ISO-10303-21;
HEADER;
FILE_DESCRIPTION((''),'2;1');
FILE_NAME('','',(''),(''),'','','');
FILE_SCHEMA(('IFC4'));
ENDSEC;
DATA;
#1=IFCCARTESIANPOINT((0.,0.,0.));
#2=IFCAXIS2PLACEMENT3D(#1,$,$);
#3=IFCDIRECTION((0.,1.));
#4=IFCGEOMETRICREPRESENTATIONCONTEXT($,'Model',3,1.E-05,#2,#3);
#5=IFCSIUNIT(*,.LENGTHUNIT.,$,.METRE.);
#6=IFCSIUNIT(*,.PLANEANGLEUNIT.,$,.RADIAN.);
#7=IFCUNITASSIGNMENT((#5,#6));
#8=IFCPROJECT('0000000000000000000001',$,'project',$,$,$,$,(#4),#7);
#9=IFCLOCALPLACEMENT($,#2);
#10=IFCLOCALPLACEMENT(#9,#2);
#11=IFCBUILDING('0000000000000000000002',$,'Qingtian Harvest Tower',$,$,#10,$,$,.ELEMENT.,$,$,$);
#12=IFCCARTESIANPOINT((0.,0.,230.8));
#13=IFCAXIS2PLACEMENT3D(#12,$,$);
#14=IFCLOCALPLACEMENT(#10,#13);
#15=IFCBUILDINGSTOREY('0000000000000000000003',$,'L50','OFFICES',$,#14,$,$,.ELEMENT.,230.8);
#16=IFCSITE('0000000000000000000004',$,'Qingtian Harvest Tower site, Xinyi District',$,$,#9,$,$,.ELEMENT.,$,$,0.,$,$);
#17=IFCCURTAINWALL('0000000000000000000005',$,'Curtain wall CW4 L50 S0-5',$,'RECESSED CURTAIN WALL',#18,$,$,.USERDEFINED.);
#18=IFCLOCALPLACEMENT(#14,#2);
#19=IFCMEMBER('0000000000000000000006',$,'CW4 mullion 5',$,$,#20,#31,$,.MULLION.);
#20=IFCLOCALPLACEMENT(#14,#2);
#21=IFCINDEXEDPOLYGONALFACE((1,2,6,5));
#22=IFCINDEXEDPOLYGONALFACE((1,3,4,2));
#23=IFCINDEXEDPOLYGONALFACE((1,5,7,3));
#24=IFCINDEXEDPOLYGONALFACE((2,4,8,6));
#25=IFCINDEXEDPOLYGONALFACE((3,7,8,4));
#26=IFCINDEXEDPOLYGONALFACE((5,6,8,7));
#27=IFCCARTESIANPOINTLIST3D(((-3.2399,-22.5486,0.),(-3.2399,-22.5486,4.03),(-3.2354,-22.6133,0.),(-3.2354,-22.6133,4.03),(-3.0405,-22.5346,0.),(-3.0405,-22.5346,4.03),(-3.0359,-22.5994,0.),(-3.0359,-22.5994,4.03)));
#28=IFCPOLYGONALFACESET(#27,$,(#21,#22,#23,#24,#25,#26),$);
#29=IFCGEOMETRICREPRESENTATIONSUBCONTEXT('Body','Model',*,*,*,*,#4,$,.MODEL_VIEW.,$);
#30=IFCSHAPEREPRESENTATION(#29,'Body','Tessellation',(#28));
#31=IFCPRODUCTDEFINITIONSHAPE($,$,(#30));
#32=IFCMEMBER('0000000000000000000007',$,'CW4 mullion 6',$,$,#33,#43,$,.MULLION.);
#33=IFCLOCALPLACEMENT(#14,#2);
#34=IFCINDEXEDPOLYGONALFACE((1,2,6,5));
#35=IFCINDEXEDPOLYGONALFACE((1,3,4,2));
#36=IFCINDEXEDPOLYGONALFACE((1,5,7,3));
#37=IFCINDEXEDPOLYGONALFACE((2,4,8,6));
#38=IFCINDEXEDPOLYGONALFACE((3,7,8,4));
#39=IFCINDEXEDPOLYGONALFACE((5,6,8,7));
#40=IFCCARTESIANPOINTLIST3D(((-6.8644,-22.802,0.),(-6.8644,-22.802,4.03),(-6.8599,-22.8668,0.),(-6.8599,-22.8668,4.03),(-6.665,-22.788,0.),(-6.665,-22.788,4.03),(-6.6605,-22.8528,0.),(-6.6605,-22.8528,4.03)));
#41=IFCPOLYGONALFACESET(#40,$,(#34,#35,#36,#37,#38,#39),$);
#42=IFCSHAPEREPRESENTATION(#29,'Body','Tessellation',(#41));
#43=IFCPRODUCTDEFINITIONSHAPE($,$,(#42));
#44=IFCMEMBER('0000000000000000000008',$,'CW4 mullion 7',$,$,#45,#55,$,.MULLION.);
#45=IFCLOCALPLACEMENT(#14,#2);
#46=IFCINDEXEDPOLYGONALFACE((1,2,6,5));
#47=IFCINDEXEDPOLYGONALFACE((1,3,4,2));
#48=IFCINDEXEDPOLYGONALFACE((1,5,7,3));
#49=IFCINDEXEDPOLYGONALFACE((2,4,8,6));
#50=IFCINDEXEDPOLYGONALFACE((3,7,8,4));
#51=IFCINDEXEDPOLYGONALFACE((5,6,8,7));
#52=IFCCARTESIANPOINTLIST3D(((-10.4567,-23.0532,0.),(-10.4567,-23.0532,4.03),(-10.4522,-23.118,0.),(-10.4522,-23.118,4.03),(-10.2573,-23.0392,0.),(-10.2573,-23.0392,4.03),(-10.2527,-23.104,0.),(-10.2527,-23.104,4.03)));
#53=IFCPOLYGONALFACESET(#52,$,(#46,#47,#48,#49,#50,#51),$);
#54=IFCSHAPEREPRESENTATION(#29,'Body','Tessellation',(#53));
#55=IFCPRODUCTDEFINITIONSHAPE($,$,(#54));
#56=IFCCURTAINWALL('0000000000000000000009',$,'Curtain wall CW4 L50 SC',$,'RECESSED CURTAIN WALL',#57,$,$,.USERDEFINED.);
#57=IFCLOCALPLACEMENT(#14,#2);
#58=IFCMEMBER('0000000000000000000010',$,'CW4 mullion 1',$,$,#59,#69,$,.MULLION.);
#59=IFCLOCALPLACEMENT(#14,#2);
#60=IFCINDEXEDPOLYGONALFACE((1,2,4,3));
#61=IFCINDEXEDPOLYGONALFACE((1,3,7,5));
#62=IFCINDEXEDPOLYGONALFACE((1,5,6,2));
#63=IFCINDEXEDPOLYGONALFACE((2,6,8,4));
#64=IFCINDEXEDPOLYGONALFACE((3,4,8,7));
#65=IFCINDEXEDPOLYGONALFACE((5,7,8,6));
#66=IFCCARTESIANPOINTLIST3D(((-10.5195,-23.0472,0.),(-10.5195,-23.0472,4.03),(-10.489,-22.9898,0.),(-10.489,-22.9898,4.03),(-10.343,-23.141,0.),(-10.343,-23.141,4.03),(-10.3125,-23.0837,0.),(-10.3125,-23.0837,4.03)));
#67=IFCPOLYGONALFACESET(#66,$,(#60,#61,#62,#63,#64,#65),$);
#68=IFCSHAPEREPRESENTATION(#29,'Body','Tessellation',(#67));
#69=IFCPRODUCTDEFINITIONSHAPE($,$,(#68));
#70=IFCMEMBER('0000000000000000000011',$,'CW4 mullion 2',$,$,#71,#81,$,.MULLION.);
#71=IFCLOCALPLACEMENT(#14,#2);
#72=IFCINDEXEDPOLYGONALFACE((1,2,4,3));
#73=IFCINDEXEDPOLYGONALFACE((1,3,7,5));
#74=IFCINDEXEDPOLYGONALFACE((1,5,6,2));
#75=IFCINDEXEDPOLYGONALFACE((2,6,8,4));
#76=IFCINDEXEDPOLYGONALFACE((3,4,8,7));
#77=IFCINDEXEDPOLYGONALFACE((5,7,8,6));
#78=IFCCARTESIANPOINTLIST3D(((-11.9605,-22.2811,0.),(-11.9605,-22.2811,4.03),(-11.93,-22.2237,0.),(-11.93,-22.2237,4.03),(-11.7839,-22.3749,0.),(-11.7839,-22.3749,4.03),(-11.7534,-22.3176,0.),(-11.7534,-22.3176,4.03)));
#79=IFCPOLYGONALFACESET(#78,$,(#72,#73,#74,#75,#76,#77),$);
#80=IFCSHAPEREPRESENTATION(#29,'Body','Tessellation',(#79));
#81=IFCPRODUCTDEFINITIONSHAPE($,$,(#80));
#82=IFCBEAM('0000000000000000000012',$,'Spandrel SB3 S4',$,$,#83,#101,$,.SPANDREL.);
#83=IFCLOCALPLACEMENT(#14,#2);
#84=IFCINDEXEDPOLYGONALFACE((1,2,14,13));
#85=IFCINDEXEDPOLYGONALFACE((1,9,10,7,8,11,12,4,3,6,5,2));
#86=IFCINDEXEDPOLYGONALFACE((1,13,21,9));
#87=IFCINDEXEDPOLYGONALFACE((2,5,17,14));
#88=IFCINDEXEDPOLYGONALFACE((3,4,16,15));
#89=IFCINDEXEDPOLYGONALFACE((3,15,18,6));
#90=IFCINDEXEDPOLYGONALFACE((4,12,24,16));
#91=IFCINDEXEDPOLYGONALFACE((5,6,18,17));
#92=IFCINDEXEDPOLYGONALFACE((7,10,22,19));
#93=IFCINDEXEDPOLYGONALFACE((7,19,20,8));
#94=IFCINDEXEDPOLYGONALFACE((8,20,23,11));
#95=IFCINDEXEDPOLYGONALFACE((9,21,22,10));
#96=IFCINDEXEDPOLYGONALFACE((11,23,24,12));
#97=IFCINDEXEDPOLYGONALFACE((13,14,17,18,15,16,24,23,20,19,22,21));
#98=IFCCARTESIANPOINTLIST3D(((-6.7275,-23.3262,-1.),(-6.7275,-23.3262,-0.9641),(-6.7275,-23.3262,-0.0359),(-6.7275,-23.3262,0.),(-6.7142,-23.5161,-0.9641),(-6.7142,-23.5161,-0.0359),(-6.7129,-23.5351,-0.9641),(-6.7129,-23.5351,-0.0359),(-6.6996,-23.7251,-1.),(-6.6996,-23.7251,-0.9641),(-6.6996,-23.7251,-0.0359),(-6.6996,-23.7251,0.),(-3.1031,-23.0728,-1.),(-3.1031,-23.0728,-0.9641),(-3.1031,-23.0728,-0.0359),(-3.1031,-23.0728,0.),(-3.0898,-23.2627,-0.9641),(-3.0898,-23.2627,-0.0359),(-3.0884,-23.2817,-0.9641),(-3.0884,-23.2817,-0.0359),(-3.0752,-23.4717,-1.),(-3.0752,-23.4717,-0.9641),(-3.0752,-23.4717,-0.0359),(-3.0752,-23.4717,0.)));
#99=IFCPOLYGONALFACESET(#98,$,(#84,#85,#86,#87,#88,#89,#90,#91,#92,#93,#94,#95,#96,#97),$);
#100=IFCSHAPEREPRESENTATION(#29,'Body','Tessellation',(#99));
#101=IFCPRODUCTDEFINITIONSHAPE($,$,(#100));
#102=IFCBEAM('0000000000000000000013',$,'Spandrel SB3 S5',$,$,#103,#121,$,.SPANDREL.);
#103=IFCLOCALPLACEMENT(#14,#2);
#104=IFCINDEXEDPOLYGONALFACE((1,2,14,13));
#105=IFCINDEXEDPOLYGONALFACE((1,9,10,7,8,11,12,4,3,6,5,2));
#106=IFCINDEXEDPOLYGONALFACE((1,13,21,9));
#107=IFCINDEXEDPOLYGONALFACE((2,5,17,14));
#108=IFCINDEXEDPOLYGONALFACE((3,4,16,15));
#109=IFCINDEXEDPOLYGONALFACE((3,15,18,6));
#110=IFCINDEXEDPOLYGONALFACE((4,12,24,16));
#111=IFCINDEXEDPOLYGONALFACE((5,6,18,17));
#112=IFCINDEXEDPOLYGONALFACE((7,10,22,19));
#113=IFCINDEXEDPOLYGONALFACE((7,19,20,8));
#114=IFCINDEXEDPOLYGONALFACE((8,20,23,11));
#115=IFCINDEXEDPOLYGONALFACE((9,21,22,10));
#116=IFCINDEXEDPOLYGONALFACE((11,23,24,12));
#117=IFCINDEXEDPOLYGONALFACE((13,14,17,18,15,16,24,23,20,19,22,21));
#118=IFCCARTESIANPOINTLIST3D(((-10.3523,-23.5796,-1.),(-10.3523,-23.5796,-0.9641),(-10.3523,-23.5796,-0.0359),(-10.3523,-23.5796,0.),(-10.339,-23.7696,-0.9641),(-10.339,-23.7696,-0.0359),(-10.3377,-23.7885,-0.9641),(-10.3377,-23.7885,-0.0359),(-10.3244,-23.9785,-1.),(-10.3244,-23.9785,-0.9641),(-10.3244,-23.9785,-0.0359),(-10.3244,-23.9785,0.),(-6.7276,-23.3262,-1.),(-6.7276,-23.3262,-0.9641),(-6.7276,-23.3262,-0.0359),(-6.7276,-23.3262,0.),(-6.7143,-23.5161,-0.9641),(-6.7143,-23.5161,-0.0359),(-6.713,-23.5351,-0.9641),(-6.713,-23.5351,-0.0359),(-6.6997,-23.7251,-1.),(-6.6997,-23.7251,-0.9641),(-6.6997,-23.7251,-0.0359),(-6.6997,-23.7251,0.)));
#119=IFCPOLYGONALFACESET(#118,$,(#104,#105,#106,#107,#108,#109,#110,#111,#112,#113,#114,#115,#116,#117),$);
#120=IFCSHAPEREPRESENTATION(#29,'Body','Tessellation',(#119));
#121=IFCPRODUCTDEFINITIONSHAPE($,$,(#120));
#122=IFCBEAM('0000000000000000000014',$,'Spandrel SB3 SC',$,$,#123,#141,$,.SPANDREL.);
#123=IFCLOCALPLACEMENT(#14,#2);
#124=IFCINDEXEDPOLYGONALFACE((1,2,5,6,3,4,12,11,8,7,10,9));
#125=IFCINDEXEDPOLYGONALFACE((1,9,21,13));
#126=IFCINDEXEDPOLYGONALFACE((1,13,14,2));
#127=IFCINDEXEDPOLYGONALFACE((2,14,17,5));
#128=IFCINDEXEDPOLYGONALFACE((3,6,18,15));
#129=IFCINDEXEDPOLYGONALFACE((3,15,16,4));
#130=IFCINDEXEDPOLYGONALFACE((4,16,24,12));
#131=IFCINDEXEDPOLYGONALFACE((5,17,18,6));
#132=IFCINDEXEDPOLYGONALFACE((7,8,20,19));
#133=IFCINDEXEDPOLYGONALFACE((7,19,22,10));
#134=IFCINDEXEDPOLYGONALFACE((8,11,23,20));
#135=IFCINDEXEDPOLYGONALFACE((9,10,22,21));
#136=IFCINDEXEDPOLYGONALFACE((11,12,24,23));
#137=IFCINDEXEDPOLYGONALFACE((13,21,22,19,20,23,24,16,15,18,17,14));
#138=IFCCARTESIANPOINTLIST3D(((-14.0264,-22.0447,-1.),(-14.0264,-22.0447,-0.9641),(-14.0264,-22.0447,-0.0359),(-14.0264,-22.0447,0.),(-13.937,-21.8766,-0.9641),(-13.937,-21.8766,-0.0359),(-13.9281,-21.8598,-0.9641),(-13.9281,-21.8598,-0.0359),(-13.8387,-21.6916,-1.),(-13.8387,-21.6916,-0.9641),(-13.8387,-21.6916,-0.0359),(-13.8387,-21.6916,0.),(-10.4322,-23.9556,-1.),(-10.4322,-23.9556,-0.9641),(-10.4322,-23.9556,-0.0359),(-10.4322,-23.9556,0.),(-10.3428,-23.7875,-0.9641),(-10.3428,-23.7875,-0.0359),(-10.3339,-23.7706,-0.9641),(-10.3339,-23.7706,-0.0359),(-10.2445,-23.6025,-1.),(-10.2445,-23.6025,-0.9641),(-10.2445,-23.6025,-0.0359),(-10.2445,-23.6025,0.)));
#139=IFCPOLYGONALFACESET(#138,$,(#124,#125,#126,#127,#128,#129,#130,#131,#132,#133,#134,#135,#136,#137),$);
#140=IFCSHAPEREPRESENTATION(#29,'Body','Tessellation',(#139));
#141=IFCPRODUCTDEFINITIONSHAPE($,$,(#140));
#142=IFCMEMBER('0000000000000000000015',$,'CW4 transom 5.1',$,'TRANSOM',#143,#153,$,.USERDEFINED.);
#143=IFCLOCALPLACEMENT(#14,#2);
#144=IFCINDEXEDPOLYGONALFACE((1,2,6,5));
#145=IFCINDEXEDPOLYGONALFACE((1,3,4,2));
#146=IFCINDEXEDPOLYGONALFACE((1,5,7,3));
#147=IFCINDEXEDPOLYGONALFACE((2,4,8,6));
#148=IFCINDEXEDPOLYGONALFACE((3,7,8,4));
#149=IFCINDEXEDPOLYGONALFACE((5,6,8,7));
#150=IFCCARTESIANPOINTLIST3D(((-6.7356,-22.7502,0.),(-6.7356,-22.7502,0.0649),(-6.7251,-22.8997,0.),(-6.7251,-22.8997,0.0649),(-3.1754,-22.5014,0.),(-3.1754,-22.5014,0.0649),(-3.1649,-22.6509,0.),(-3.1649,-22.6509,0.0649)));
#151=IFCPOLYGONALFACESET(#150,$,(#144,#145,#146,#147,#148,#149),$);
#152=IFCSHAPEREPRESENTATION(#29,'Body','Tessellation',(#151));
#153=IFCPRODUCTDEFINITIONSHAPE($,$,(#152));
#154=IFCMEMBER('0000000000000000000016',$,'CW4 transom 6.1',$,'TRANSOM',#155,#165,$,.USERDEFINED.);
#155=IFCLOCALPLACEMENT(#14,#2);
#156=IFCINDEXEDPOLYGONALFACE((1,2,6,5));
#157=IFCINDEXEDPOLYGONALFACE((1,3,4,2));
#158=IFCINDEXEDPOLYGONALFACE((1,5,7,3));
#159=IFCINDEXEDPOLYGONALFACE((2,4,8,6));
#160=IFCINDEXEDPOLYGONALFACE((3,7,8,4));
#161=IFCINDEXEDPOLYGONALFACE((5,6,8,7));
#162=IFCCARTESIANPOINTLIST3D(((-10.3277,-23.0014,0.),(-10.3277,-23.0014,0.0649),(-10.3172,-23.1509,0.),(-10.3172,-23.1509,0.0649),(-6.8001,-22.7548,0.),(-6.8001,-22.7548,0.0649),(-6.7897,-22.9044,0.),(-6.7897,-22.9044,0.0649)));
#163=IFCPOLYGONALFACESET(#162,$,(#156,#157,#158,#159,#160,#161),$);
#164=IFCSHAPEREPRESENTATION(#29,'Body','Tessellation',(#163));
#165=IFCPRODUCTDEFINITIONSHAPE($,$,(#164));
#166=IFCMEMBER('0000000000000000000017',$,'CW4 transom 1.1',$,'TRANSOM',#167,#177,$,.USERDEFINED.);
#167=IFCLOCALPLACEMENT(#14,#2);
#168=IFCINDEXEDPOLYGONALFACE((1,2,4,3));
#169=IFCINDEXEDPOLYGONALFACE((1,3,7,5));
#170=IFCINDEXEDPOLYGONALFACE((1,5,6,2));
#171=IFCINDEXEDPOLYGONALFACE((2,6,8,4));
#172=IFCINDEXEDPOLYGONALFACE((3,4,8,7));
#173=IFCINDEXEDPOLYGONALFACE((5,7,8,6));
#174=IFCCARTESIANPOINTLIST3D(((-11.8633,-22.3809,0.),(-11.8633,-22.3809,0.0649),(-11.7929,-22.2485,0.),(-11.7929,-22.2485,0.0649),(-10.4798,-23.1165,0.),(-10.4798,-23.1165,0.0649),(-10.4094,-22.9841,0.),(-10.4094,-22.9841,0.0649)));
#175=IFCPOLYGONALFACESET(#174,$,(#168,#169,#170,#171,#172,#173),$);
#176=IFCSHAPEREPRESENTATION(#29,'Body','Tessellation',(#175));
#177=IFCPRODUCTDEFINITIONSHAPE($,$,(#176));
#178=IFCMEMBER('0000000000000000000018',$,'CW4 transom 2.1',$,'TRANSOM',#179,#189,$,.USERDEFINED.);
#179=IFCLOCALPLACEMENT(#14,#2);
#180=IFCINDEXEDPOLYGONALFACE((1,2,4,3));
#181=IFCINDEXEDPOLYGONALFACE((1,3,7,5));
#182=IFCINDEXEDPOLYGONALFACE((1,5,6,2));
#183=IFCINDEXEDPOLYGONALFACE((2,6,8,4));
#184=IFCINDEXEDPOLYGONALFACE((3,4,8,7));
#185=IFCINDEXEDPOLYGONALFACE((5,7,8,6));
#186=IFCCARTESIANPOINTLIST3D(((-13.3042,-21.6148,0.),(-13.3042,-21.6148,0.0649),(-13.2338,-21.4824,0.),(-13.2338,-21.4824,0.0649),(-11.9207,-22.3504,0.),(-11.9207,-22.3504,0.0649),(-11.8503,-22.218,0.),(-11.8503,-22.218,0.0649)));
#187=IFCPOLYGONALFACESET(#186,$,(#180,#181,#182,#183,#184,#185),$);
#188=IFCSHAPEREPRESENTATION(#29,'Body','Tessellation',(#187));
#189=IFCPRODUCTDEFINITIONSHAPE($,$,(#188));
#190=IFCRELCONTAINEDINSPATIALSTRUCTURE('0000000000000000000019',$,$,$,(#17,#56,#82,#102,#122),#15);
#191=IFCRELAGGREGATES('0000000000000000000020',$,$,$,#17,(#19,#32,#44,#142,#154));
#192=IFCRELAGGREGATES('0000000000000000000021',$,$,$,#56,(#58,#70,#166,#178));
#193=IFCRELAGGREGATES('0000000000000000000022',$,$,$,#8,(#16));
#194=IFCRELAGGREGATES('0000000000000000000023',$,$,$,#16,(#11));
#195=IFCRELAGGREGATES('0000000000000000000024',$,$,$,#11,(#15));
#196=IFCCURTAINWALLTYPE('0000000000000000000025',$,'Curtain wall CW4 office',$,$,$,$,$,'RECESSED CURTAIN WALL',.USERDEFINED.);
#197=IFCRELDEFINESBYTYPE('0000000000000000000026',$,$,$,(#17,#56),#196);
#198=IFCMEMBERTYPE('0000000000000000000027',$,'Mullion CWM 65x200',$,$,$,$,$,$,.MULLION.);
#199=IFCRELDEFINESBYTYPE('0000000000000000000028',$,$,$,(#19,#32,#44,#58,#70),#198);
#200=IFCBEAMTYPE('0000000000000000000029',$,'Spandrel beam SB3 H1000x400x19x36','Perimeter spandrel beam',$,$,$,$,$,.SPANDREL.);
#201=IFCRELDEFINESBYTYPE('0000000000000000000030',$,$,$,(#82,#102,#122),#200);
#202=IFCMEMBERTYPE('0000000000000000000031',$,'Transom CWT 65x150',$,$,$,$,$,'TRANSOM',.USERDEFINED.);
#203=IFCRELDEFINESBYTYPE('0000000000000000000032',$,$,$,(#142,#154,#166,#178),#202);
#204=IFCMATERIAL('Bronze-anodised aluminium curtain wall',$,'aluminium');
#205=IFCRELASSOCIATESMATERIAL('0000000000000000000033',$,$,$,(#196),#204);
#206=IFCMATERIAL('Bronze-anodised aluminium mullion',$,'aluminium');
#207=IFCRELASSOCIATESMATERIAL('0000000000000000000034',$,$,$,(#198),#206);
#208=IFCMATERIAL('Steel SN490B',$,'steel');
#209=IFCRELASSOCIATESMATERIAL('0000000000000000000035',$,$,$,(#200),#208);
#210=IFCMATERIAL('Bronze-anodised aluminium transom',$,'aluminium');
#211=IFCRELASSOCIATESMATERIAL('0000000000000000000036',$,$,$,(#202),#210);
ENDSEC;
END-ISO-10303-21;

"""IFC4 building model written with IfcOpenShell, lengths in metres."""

from ifc_helpers import new_model, si_unit, direction, frame, origin, origin_2d, place, context, subcontext, project, spatial, rectangle, i_section, extrude, material, material_profile, profile_set, type_object, element, aggregate, save


model = new_model("IFC4")

# Units and contexts
model_context = context("Model", 3, precision=1e-05, world=origin(), true_north=direction((0.0, 1.0)))
body_context = subcontext(model_context, "Body", "Model", "MODEL_VIEW")
ifc_project = project(units=[si_unit("LENGTHUNIT", "METRE"), si_unit("PLANEANGLEUNIT", "RADIAN")], contexts=[model_context])

# Site, building, storey
site_placement = place(None, origin())
site = spatial("IfcSite", under=ifc_project, at=site_placement, Name="Qingtian Harvest Tower site, Xinyi District", CompositionType="ELEMENT", RefElevation=0.0)
building_placement = place(site_placement, origin())
building = spatial("IfcBuilding", under=site, at=building_placement, Name="Qingtian Harvest Tower", CompositionType="ELEMENT")
storey_placement = place(building_placement, frame((0.0, 0.0, 230.8)))
storey = spatial("IfcBuildingStorey", under=building, at=storey_placement, Name="L50", Description="OFFICES", CompositionType="ELEMENT", Elevation=230.8)

# Curtain walls, members
ifc_material_1 = material(Name="Bronze-anodised aluminium curtain wall", Category="aluminium")
curtain_wall_type = type_object("IfcCurtainWallType", Name="Curtain wall CW4 office", ElementType="RECESSED CURTAIN WALL", PredefinedType="USERDEFINED", material=ifc_material_1)
curtain_wall_1_placement = place(storey_placement, origin())
curtain_wall_1 = element("IfcCurtainWall", 1, at=curtain_wall_1_placement, inside=storey, type_object=curtain_wall_type, Name="Curtain wall CW4 L50 S0-5", ObjectType="RECESSED CURTAIN WALL", PredefinedType="USERDEFINED")
ifc_material_2 = material(Name="Bronze-anodised aluminium mullion", Category="aluminium")
ifc_material_profile_1 = material_profile(ifc_material_2, rectangle(XDim=0.0649, YDim=0.2, at=origin_2d()), Name="AL 65x200")
ifc_profile_set_1 = profile_set([ifc_material_profile_1], Name="Bronze-anodised aluminium mullion")
member_type_1 = type_object("IfcMemberType", Name="Mullion CWM 65x200", PredefinedType="MULLION", material=ifc_profile_set_1)
member_1_placement = place(storey_placement, frame((-3.1379, -22.574, 0.0), z_axis=(0.0, 0.0, 1.0), x_axis=(0.069756, -0.997564, 0.0)))
member_1 = element("IfcMember", 2, at=member_1_placement, type_object=member_type_1, Name="CW4 mullion 5", PredefinedType="MULLION", context=body_context, shape_type="SweptSolid", body=[
    extrude(rectangle(XDim=0.0649, YDim=0.2, at=origin_2d()), origin(), (0.0, 0.0, 1.0), 4.03),
])
member_2_placement = place(storey_placement, frame((-6.7625, -22.8274, 0.0), z_axis=(0.0, 0.0, 1.0), x_axis=(0.069756, -0.997564, 0.0)))
member_2 = element("IfcMember", 3, at=member_2_placement, type_object=member_type_1, Name="CW4 mullion 6", PredefinedType="MULLION", context=body_context, shape_type="SweptSolid", body=[
    extrude(rectangle(XDim=0.0649, YDim=0.2, at=origin_2d()), origin(), (0.0, 0.0, 1.0), 4.03),
])
member_3_placement = place(storey_placement, frame((-10.3547, -23.0786, 0.0), z_axis=(0.0, 0.0, 1.0), x_axis=(0.069756, -0.997564, 0.0)))
member_3 = element("IfcMember", 4, at=member_3_placement, type_object=member_type_1, Name="CW4 mullion 7", PredefinedType="MULLION", context=body_context, shape_type="SweptSolid", body=[
    extrude(rectangle(XDim=0.0649, YDim=0.2, at=origin_2d()), origin(), (0.0, 0.0, 1.0), 4.03),
])
curtain_wall_2_placement = place(storey_placement, origin())
curtain_wall_2 = element("IfcCurtainWall", 5, at=curtain_wall_2_placement, inside=storey, type_object=curtain_wall_type, Name="Curtain wall CW4 L50 SC", ObjectType="RECESSED CURTAIN WALL", PredefinedType="USERDEFINED")
member_4_placement = place(storey_placement, frame((-10.416, -23.0654, 0.0), z_axis=(0.0, 0.0, 1.0), x_axis=(-0.469472, -0.882948, 0.0)))
member_4 = element("IfcMember", 6, at=member_4_placement, type_object=member_type_1, Name="CW4 mullion 1", PredefinedType="MULLION", context=body_context, shape_type="SweptSolid", body=[
    extrude(rectangle(XDim=0.0649, YDim=0.2, at=origin_2d()), origin(), (0.0, 0.0, 1.0), 4.03),
])
member_5_placement = place(storey_placement, frame((-11.8569, -22.2993, 0.0), z_axis=(0.0, 0.0, 1.0), x_axis=(-0.469472, -0.882948, 0.0)))
member_5 = element("IfcMember", 7, at=member_5_placement, type_object=member_type_1, Name="CW4 mullion 2", PredefinedType="MULLION", context=body_context, shape_type="SweptSolid", body=[
    extrude(rectangle(XDim=0.0649, YDim=0.2, at=origin_2d()), origin(), (0.0, 0.0, 1.0), 4.03),
])

# Beams
ifc_material_3 = material(Name="Steel SN490B", Category="steel")
ifc_material_profile_2 = material_profile(ifc_material_3, i_section(OverallWidth=0.3999, OverallDepth=1.0, WebThickness=0.019, FlangeThickness=0.0359, at=origin_2d()), Name="H1000x400x19x36")
ifc_profile_set_2 = profile_set([ifc_material_profile_2], Name="Steel SN490B")
beam_type_1 = type_object("IfcBeamType", Name="Spandrel beam SB3 H1000x400x19x36", Description="Perimeter spandrel beam", PredefinedType="SPANDREL", material=ifc_profile_set_2)
beam_1_placement = place(storey_placement, frame((-3.0891, -23.2722, -0.5), z_axis=(-0.997565, -0.069748, 0.0), x_axis=(0.069748, -0.997565, 0.0)))
element("IfcBeam", 8, at=beam_1_placement, inside=storey, type_object=beam_type_1, Name="Spandrel SB3 S4", PredefinedType="SPANDREL", context=body_context, shape_type="SweptSolid", body=[
    extrude(i_section(OverallWidth=0.3999, OverallDepth=1.0, WebThickness=0.019, FlangeThickness=0.0359, at=origin_2d()), origin(), (0.0, 0.0, 1.0), 3.6333),
])
beam_2_placement = place(storey_placement, frame((-6.7136, -23.5256, -0.5), z_axis=(-0.997565, -0.069743, 0.0), x_axis=(0.069743, -0.997565, 0.0)))
element("IfcBeam", 9, at=beam_2_placement, inside=storey, type_object=beam_type_1, Name="Spandrel SB3 S5", PredefinedType="SPANDREL", context=body_context, shape_type="SweptSolid", body=[
    extrude(i_section(OverallWidth=0.3999, OverallDepth=1.0, WebThickness=0.019, FlangeThickness=0.0359, at=origin_2d()), origin(), (0.0, 0.0, 1.0), 3.6335),
])
beam_3_placement = place(storey_placement, frame((-10.3384, -23.7791, -0.5), z_axis=(-0.882968, 0.469433, 0.0), x_axis=(-0.469433, -0.882968, 0.0)))
element("IfcBeam", 10, at=beam_3_placement, inside=storey, type_object=beam_type_1, Name="Spandrel SB3 SC", PredefinedType="SPANDREL", context=body_context, shape_type="SweptSolid", body=[
    extrude(i_section(OverallWidth=0.3999, OverallDepth=1.0, WebThickness=0.019, FlangeThickness=0.0359, at=origin_2d()), origin(), (0.0, 0.0, 1.0), 4.0706),
])

# Members
ifc_material_4 = material(Name="Bronze-anodised aluminium transom", Category="aluminium")
ifc_material_profile_3 = material_profile(ifc_material_4, rectangle(XDim=0.1499, YDim=0.0649, at=origin_2d()), Name="AL 65x150")
ifc_profile_set_3 = profile_set([ifc_material_profile_3], Name="Bronze-anodised aluminium transom")
member_type_2 = type_object("IfcMemberType", Name="Transom CWT 65x150", ElementType="TRANSOM", PredefinedType="USERDEFINED", material=ifc_profile_set_3)
member_6_placement = place(storey_placement, frame((-3.1702, -22.5762, 0.0325), z_axis=(-0.997567, -0.069711, 0.0), x_axis=(0.069711, -0.997567, 0.0)))
member_6 = element("IfcMember", 11, at=member_6_placement, type_object=member_type_2, Name="CW4 transom 5.1", ObjectType="TRANSOM", PredefinedType="USERDEFINED", context=body_context, shape_type="SweptSolid", body=[
    extrude(rectangle(XDim=0.1499, YDim=0.0649, at=origin_2d()), origin(), (0.0, 0.0, 1.0), 3.5688),
])
member_7_placement = place(storey_placement, frame((-6.7949, -22.8296, 0.0325), z_axis=(-0.997566, -0.069731, 0.0), x_axis=(0.069731, -0.997566, 0.0)))
member_7 = element("IfcMember", 12, at=member_7_placement, type_object=member_type_2, Name="CW4 transom 6.1", ObjectType="TRANSOM", PredefinedType="USERDEFINED", context=body_context, shape_type="SweptSolid", body=[
    extrude(rectangle(XDim=0.1499, YDim=0.0649, at=origin_2d()), origin(), (0.0, 0.0, 1.0), 3.5361),
])
member_8_placement = place(storey_placement, frame((-10.4446, -23.0503, 0.0325), z_axis=(-0.88296, 0.469448, 0.0), x_axis=(-0.469448, -0.88296, 0.0)))
member_8 = element("IfcMember", 13, at=member_8_placement, type_object=member_type_2, Name="CW4 transom 1.1", ObjectType="TRANSOM", PredefinedType="USERDEFINED", context=body_context, shape_type="SweptSolid", body=[
    extrude(rectangle(XDim=0.1499, YDim=0.0649, at=origin_2d()), origin(), (0.0, 0.0, 1.0), 1.5669),
])
member_9_placement = place(storey_placement, frame((-11.8855, -22.2842, 0.0325), z_axis=(-0.88296, 0.469448, 0.0), x_axis=(-0.469448, -0.88296, 0.0)))
member_9 = element("IfcMember", 14, at=member_9_placement, type_object=member_type_2, Name="CW4 transom 2.1", ObjectType="TRANSOM", PredefinedType="USERDEFINED", context=body_context, shape_type="SweptSolid", body=[
    extrude(rectangle(XDim=0.1499, YDim=0.0649, at=origin_2d()), origin(), (0.0, 0.0, 1.0), 1.5669),
])

aggregate(curtain_wall_1, [member_1, member_2, member_3, member_6, member_7])
aggregate(curtain_wall_2, [member_4, member_5, member_8, member_9])

save(model, "model.ifc")
